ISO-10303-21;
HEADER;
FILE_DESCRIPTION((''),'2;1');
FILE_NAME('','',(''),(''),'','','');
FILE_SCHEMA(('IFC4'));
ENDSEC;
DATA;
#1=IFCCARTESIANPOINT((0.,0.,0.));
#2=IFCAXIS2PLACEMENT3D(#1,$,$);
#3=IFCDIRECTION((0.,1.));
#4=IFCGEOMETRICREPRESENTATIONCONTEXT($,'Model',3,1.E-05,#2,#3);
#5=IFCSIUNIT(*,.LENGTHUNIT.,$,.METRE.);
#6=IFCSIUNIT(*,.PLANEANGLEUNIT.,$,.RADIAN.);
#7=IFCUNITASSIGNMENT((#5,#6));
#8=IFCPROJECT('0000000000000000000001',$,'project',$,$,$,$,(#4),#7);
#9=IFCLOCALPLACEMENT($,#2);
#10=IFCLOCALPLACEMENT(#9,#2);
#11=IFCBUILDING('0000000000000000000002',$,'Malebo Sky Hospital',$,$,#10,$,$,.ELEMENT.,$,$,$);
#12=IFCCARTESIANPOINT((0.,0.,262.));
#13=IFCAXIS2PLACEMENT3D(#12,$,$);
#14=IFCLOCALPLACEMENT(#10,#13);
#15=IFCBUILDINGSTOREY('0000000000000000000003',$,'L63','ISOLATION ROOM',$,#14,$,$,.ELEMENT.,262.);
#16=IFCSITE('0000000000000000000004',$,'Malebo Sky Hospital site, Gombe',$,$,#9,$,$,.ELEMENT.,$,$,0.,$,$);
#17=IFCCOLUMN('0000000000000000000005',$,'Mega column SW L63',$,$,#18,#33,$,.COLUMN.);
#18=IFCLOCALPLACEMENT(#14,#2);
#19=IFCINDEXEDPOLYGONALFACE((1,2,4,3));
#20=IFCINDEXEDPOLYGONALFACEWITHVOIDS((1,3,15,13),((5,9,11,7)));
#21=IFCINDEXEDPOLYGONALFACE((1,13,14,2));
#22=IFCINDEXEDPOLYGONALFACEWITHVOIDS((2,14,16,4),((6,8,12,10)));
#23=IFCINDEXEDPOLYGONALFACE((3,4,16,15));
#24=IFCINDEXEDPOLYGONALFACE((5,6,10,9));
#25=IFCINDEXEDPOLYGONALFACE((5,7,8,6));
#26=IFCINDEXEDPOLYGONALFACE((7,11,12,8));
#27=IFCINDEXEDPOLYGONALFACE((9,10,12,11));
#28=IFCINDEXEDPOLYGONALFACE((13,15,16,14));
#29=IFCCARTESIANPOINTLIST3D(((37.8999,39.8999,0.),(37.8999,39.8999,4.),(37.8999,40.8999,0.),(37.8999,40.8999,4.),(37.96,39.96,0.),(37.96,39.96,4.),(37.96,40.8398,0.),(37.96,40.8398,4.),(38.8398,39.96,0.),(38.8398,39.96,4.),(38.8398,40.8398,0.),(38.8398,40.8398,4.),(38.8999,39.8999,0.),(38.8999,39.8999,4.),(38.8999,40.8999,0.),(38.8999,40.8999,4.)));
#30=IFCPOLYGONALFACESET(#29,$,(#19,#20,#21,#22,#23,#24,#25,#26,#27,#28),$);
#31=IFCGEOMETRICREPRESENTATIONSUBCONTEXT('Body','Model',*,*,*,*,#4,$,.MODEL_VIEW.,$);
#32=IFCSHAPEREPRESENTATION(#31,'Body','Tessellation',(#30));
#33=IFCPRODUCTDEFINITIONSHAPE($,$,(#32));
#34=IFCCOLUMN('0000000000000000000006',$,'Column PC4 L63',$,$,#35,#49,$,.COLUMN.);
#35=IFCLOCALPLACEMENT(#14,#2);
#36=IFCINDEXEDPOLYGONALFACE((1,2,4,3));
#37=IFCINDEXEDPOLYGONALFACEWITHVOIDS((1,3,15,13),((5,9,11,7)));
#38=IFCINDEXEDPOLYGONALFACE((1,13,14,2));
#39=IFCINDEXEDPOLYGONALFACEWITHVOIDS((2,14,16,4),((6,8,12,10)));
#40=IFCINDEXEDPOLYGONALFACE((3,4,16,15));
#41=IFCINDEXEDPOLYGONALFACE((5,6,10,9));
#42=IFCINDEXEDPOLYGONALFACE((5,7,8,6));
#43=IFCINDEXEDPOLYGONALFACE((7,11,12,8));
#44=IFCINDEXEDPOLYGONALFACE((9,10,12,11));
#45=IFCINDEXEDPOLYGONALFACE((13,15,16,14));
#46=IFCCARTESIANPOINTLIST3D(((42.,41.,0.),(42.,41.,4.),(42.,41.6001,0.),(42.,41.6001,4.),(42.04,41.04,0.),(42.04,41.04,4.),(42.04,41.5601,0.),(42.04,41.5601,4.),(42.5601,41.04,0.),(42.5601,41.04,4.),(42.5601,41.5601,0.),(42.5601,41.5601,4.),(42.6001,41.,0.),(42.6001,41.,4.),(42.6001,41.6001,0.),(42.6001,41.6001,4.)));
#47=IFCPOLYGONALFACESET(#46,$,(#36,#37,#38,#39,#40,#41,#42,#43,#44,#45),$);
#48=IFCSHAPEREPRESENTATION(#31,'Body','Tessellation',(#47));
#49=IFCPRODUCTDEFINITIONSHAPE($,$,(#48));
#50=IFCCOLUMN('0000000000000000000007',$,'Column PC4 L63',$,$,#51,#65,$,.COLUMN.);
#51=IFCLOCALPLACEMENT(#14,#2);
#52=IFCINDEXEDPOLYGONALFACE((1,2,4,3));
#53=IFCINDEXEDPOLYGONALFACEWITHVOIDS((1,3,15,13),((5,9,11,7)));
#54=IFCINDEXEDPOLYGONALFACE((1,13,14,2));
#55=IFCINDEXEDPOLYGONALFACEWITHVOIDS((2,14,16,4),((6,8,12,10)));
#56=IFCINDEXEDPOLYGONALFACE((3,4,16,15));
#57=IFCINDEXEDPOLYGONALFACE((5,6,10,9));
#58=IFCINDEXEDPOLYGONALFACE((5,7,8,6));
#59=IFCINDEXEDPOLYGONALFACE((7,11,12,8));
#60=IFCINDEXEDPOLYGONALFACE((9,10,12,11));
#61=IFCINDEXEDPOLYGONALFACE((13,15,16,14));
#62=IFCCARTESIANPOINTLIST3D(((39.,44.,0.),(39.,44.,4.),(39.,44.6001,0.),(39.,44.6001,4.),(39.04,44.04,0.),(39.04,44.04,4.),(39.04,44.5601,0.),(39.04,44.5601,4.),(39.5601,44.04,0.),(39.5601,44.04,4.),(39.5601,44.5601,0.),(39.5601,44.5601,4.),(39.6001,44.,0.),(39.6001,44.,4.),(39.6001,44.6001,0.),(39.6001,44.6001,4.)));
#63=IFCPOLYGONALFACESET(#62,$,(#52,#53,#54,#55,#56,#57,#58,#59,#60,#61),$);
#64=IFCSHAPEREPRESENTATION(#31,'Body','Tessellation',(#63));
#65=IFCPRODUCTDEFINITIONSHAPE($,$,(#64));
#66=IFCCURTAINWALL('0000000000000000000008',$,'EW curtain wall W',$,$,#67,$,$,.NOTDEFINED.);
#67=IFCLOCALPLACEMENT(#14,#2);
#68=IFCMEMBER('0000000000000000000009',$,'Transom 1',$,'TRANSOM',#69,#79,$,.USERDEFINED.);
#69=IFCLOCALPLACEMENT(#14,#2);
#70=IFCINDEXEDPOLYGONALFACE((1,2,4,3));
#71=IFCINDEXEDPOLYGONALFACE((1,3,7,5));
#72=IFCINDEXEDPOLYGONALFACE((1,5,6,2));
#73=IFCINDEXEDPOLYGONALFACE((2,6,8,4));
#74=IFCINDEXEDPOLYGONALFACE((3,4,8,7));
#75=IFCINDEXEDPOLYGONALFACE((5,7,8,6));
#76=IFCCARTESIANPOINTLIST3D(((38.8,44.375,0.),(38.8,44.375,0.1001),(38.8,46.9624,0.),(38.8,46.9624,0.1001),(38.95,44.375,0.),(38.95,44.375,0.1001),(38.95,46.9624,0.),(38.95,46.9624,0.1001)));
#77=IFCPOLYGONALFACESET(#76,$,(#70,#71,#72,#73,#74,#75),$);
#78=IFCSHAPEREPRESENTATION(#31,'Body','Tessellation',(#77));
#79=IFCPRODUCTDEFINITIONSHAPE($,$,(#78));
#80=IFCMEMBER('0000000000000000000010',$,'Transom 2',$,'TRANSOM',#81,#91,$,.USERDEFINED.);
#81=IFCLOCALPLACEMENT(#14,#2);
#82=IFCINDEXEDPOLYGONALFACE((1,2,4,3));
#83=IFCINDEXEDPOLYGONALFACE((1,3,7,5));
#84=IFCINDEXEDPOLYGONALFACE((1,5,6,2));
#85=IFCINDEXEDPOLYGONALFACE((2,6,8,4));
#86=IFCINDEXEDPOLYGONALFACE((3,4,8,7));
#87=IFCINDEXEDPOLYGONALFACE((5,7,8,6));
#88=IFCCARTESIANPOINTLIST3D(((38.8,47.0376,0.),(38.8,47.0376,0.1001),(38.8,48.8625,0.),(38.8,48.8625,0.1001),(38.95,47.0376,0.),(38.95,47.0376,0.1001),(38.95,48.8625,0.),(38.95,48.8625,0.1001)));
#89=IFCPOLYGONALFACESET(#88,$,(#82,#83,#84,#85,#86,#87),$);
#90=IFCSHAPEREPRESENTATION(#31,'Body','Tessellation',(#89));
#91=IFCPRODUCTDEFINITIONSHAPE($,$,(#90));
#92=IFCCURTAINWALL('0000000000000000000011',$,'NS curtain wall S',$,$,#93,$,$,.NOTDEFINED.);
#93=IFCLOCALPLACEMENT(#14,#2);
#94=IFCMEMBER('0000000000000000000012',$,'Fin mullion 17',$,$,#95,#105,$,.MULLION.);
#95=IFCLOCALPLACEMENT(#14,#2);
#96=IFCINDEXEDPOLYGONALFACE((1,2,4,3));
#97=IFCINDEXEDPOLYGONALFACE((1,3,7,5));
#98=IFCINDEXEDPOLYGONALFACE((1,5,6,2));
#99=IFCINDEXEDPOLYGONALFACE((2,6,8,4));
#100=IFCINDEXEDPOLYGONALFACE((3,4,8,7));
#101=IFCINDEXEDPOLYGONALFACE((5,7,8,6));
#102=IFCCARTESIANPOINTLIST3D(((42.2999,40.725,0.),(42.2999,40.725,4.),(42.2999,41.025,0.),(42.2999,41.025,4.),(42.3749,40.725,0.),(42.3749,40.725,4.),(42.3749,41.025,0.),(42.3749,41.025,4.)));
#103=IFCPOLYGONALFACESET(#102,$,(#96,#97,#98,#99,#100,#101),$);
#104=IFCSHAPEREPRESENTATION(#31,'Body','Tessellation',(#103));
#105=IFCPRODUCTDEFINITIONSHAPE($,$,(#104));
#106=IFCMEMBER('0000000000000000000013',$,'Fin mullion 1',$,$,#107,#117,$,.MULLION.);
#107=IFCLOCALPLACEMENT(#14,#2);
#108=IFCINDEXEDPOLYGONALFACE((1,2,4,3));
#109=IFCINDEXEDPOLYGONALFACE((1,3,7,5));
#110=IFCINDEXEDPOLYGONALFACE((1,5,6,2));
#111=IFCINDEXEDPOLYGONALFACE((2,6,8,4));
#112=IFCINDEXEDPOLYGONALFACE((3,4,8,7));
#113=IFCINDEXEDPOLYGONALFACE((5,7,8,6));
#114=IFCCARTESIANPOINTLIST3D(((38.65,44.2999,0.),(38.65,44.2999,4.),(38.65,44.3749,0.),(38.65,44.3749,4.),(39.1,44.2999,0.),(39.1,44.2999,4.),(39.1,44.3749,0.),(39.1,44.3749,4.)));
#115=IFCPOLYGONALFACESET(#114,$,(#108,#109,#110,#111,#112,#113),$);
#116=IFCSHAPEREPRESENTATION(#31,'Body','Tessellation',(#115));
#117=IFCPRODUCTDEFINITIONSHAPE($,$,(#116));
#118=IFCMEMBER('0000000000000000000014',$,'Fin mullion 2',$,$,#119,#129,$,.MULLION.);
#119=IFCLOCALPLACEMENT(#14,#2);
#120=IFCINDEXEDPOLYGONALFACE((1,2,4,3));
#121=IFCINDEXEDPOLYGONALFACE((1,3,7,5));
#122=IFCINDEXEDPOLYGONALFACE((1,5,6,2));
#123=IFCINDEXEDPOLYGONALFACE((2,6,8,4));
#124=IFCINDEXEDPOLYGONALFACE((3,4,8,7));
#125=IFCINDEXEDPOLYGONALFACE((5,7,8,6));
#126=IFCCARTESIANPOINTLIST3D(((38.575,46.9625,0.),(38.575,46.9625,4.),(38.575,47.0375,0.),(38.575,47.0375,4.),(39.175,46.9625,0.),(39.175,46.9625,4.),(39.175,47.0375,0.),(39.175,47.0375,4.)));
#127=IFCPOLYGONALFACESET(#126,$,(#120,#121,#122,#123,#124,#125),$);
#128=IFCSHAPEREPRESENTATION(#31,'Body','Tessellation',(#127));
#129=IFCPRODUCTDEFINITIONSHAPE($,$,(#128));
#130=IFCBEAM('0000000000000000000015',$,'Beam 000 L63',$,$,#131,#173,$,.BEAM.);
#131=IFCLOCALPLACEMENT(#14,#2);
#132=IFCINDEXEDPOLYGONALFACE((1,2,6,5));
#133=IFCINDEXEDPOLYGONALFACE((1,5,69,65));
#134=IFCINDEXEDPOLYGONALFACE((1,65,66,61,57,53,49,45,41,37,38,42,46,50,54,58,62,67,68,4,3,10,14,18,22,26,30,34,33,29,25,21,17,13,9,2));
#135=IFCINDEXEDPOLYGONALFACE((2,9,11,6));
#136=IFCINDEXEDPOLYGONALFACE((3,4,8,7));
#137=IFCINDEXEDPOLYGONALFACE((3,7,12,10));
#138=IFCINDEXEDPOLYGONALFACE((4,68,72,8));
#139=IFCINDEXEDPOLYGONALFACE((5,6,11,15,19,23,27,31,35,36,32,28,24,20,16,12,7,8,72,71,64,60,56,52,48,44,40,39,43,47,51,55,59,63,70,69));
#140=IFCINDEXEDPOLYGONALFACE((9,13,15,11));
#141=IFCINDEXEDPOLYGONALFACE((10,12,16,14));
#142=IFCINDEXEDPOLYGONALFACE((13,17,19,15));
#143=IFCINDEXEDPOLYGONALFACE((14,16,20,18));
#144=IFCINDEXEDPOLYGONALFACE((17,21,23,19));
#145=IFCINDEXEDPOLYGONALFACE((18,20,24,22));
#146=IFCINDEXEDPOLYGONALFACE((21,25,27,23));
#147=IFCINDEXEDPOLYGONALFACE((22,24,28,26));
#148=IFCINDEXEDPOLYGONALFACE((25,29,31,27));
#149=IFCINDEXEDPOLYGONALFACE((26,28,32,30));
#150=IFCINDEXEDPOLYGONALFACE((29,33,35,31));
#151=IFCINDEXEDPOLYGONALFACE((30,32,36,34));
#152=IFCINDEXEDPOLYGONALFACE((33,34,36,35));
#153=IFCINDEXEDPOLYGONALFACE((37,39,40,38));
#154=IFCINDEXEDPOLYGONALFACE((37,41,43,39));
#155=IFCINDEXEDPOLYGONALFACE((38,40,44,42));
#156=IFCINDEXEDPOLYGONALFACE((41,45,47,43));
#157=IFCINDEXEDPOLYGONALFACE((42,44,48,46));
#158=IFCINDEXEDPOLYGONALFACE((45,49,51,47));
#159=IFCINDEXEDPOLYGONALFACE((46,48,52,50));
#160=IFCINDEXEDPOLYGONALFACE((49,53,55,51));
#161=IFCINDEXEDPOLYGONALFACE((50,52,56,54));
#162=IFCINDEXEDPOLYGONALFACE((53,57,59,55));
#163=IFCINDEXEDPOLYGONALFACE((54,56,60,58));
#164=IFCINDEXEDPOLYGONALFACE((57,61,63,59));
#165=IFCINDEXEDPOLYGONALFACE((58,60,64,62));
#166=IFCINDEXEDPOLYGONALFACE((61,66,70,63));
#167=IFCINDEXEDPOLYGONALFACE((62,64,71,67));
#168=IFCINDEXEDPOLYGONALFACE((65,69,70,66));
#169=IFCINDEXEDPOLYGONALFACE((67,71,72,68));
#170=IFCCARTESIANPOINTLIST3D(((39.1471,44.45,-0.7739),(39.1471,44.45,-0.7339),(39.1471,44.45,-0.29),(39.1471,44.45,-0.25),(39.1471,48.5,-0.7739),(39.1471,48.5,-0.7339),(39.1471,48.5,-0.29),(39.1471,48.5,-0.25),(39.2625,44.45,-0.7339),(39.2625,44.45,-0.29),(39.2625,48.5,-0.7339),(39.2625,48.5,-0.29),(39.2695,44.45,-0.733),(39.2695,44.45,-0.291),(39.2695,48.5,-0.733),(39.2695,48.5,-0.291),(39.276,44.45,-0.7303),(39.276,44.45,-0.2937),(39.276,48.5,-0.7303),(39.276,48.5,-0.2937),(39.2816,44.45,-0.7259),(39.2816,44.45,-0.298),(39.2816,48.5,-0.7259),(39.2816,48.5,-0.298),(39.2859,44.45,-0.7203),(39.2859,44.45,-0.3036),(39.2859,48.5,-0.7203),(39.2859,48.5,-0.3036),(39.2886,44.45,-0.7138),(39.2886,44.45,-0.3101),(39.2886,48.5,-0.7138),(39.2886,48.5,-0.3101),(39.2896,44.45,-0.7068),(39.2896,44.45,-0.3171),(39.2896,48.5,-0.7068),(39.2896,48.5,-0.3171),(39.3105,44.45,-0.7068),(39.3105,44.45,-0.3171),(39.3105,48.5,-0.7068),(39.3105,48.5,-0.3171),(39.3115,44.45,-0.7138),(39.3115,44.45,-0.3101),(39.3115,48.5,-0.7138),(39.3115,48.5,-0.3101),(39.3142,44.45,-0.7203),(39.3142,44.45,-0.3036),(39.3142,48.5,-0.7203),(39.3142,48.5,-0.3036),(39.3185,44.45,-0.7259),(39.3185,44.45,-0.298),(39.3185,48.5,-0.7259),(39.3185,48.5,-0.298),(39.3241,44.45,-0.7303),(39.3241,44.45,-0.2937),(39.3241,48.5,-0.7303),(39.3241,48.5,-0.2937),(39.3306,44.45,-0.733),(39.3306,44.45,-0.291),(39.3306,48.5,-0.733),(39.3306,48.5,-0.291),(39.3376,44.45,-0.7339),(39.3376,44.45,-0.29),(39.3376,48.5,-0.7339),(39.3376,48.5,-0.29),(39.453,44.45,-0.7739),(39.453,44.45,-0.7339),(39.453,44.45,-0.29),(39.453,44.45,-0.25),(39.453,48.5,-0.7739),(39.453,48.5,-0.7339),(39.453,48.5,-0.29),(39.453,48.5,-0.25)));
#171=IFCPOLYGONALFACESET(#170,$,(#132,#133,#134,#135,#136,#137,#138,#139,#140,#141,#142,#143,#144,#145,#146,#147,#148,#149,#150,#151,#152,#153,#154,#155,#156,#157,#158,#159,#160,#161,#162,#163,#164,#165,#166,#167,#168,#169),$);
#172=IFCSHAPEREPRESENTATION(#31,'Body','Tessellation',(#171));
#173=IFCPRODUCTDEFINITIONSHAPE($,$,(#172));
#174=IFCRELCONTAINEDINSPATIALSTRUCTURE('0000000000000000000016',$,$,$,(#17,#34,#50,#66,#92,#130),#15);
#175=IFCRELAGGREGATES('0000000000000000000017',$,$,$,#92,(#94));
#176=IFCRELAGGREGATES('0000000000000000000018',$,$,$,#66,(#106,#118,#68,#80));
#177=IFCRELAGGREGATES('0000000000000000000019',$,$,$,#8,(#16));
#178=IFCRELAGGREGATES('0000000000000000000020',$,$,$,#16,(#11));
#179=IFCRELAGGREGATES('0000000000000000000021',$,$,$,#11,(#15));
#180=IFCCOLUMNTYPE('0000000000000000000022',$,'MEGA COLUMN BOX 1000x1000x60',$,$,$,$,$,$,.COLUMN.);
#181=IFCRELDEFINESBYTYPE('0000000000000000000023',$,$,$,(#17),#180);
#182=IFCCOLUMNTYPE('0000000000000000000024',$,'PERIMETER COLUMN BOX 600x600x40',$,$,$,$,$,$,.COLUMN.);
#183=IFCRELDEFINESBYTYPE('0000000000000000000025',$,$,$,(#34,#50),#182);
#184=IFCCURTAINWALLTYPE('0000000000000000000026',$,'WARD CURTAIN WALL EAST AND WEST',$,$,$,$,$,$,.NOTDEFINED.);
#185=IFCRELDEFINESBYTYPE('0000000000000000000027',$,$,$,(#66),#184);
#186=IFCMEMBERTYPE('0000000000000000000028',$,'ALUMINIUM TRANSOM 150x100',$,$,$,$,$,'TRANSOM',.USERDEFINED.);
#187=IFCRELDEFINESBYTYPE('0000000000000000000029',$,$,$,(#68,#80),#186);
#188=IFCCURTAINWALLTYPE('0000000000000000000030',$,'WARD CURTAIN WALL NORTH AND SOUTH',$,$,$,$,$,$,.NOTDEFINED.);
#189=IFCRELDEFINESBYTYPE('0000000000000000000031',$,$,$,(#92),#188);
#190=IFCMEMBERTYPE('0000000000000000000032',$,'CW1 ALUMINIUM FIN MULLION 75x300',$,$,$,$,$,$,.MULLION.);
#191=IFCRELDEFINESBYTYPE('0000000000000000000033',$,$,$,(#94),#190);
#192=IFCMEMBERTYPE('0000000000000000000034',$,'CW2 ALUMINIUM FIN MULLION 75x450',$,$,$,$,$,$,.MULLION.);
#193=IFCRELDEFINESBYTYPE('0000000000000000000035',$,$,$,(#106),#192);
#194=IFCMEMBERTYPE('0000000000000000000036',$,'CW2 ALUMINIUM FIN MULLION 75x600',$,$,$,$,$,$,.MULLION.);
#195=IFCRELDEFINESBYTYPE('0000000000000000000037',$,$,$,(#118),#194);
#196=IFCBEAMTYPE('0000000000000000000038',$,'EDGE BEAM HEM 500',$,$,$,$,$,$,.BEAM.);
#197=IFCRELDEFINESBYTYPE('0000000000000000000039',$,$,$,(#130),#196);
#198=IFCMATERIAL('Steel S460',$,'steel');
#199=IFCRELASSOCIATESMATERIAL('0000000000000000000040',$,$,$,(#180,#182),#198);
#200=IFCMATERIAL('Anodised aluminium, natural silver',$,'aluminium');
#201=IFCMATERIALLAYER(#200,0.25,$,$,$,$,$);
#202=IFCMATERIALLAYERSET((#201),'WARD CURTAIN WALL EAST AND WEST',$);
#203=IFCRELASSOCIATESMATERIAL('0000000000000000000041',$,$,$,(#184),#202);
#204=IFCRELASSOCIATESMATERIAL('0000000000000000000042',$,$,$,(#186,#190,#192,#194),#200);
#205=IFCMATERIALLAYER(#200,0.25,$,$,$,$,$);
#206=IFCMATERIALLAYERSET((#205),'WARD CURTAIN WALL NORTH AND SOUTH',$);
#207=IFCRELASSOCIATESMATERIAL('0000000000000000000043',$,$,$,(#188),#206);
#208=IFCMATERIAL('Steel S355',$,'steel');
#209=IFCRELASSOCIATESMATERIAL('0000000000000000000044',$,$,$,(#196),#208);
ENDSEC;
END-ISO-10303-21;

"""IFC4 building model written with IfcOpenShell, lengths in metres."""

from ifc_helpers import new_model, si_unit, direction, frame, origin, origin_2d, place, context, subcontext, project, spatial, rectangle, hollow_rectangle, i_section, extrude, material, layer, layer_set, material_profile, profile_set, type_object, element, aggregate, save


model = new_model("IFC4")

# Units and contexts
model_context = context("Model", 3, precision=1e-05, world=origin(), true_north=direction((0.0, 1.0)))
body_context = subcontext(model_context, "Body", "Model", "MODEL_VIEW")
ifc_project = project(units=[si_unit("LENGTHUNIT", "METRE"), si_unit("PLANEANGLEUNIT", "RADIAN")], contexts=[model_context])

# Site, building, storey
site_placement = place(None, origin())
site = spatial("IfcSite", under=ifc_project, at=site_placement, Name="Malebo Sky Hospital site, Gombe", CompositionType="ELEMENT", RefElevation=0.0)
building_placement = place(site_placement, origin())
building = spatial("IfcBuilding", under=site, at=building_placement, Name="Malebo Sky Hospital", CompositionType="ELEMENT")
storey_placement = place(building_placement, frame((0.0, 0.0, 262.0)))
storey = spatial("IfcBuildingStorey", under=building, at=storey_placement, Name="L63", Description="ISOLATION ROOM", CompositionType="ELEMENT", Elevation=262.0)

# Columns
ifc_material_1 = material(Name="Steel S460", Category="steel")
ifc_material_profile_1 = material_profile(ifc_material_1, hollow_rectangle(XDim=1.0, YDim=1.0, WallThickness=0.0601, at=origin_2d()), Name="BOX 1000x1000x60")
ifc_profile_set_1 = profile_set([ifc_material_profile_1], Name="Steel S460")
column_type_1 = type_object("IfcColumnType", Name="MEGA COLUMN BOX 1000x1000x60", PredefinedType="COLUMN", material=ifc_profile_set_1)
column_placement = place(storey_placement, frame((38.3999, 40.3999, 0.0), z_axis=(0.0, 0.0, 1.0), x_axis=(1.0, 0.0, 0.0)))
element("IfcColumn", 1, at=column_placement, inside=storey, type_object=column_type_1, Name="Mega column SW L63", PredefinedType="COLUMN", context=body_context, shape_type="SweptSolid", body=[
    extrude(hollow_rectangle(XDim=1.0, YDim=1.0, WallThickness=0.0601, at=origin_2d()), origin(), (0.0, 0.0, 1.0), 4.0),
])
ifc_material_profile_2 = material_profile(ifc_material_1, hollow_rectangle(XDim=0.6001, YDim=0.6001, WallThickness=0.04, at=origin_2d()), Name="BOX 600x600x40")
ifc_profile_set_2 = profile_set([ifc_material_profile_2], Name="Steel S460")
column_type_2 = type_object("IfcColumnType", Name="PERIMETER COLUMN BOX 600x600x40", PredefinedType="COLUMN", material=ifc_profile_set_2)
for number, where, z_axis, x_axis, name in (
    (2, (42.3, 41.3, 0.0), (0.0, 0.0, 1.0), (1.0, 0.0, 0.0), "Column PC4 L63"),
    (3, (39.3, 44.3, 0.0), (0.0, 0.0, 1.0), (1.0, 0.0, 0.0), "Column PC4 L63"),
):
    element("IfcColumn", number, at=place(storey_placement, frame(where, z_axis=z_axis, x_axis=x_axis)), inside=storey, type_object=column_type_2, Name=name, PredefinedType="COLUMN", context=body_context, shape_type="SweptSolid", body=[
        extrude(hollow_rectangle(XDim=0.6001, YDim=0.6001, WallThickness=0.04, at=origin_2d()), origin(), (0.0, 0.0, 1.0), 4.0),
    ])

# Curtain wall, members
ifc_material_2 = material(Name="Anodised aluminium, natural silver", Category="aluminium")
ifc_layer_1 = layer(ifc_material_2, 0.25)
ifc_layer_set_1 = layer_set([ifc_layer_1], Name="WARD CURTAIN WALL EAST AND WEST")
curtain_wall_type_1 = type_object("IfcCurtainWallType", Name="WARD CURTAIN WALL EAST AND WEST", PredefinedType="NOTDEFINED", material=ifc_layer_set_1)
curtain_wall_1_placement = place(storey_placement, origin())
curtain_wall_1 = element("IfcCurtainWall", 4, at=curtain_wall_1_placement, inside=storey, type_object=curtain_wall_type_1, Name="EW curtain wall W", PredefinedType="NOTDEFINED")
ifc_material_profile_3 = material_profile(ifc_material_2, rectangle(XDim=0.1499, YDim=0.1001, at=origin_2d()), Name="ALUMINIUM TRANSOM 150x100")
ifc_profile_set_3 = profile_set([ifc_material_profile_3], Name="Anodised aluminium, natural silver")
member_type_1 = type_object("IfcMemberType", Name="ALUMINIUM TRANSOM 150x100", ElementType="TRANSOM", PredefinedType="USERDEFINED", material=ifc_profile_set_3)
member_1_placement = place(storey_placement, frame((38.875, 44.375, 0.05), z_axis=(0.0, 1.0, 0.0), x_axis=(-1.0, 0.0, 0.0)))
member_1 = element("IfcMember", 5, at=member_1_placement, type_object=member_type_1, Name="Transom 1", ObjectType="TRANSOM", PredefinedType="USERDEFINED", context=body_context, shape_type="SweptSolid", body=[
    extrude(rectangle(XDim=0.1499, YDim=0.1001, at=origin_2d()), origin(), (0.0, 0.0, 1.0), 2.5874),
])
member_2_placement = place(storey_placement, frame((38.875, 47.0376, 0.05), z_axis=(0.0, 1.0, 0.0), x_axis=(-1.0, 0.0, 0.0)))
member_2 = element("IfcMember", 6, at=member_2_placement, type_object=member_type_1, Name="Transom 2", ObjectType="TRANSOM", PredefinedType="USERDEFINED", context=body_context, shape_type="SweptSolid", body=[
    extrude(rectangle(XDim=0.1499, YDim=0.1001, at=origin_2d()), origin(), (0.0, 0.0, 1.0), 1.825),
])

# Curtain wall, member
ifc_layer_2 = layer(ifc_material_2, 0.25)
ifc_layer_set_2 = layer_set([ifc_layer_2], Name="WARD CURTAIN WALL NORTH AND SOUTH")
curtain_wall_type_2 = type_object("IfcCurtainWallType", Name="WARD CURTAIN WALL NORTH AND SOUTH", PredefinedType="NOTDEFINED", material=ifc_layer_set_2)
curtain_wall_2_placement = place(storey_placement, origin())
curtain_wall_2 = element("IfcCurtainWall", 7, at=curtain_wall_2_placement, inside=storey, type_object=curtain_wall_type_2, Name="NS curtain wall S", PredefinedType="NOTDEFINED")
ifc_material_profile_4 = material_profile(ifc_material_2, rectangle(XDim=0.075, YDim=0.3, at=origin_2d()), Name="CW1 ALUMINIUM FIN MULLION 75x300")
ifc_profile_set_4 = profile_set([ifc_material_profile_4], Name="Anodised aluminium, natural silver")
member_type_2 = type_object("IfcMemberType", Name="CW1 ALUMINIUM FIN MULLION 75x300", PredefinedType="MULLION", material=ifc_profile_set_4)
member_3_placement = place(storey_placement, frame((42.3374, 40.875, 0.0), z_axis=(0.0, 0.0, 1.0), x_axis=(-1.0, 0.0, 0.0)))
member_3 = element("IfcMember", 8, at=member_3_placement, type_object=member_type_2, Name="Fin mullion 17", PredefinedType="MULLION", context=body_context, shape_type="SweptSolid", body=[
    extrude(rectangle(XDim=0.075, YDim=0.3, at=origin_2d()), origin(), (0.0, 0.0, 1.0), 4.0),
])
aggregate(curtain_wall_2, [member_3])

# Members
ifc_material_profile_5 = material_profile(ifc_material_2, rectangle(XDim=0.075, YDim=0.45, at=origin_2d()), Name="CW2 ALUMINIUM FIN MULLION 75x450")
ifc_profile_set_5 = profile_set([ifc_material_profile_5], Name="Anodised aluminium, natural silver")
member_type_3 = type_object("IfcMemberType", Name="CW2 ALUMINIUM FIN MULLION 75x450", PredefinedType="MULLION", material=ifc_profile_set_5)
member_4_placement = place(storey_placement, frame((38.875, 44.3374, 0.0), z_axis=(0.0, 0.0, 1.0), x_axis=(0.0, 1.0, 0.0)))
member_4 = element("IfcMember", 9, at=member_4_placement, type_object=member_type_3, Name="Fin mullion 1", PredefinedType="MULLION", context=body_context, shape_type="SweptSolid", body=[
    extrude(rectangle(XDim=0.075, YDim=0.45, at=origin_2d()), origin(), (0.0, 0.0, 1.0), 4.0),
])
ifc_material_profile_6 = material_profile(ifc_material_2, rectangle(XDim=0.075, YDim=0.6001, at=origin_2d()), Name="CW2 ALUMINIUM FIN MULLION 75x600")
ifc_profile_set_6 = profile_set([ifc_material_profile_6], Name="Anodised aluminium, natural silver")
member_type_4 = type_object("IfcMemberType", Name="CW2 ALUMINIUM FIN MULLION 75x600", PredefinedType="MULLION", material=ifc_profile_set_6)
member_5_placement = place(storey_placement, frame((38.875, 47.0, 0.0), z_axis=(0.0, 0.0, 1.0), x_axis=(0.0, 1.0, 0.0)))
member_5 = element("IfcMember", 10, at=member_5_placement, type_object=member_type_4, Name="Fin mullion 2", PredefinedType="MULLION", context=body_context, shape_type="SweptSolid", body=[
    extrude(rectangle(XDim=0.075, YDim=0.6001, at=origin_2d()), origin(), (0.0, 0.0, 1.0), 4.0),
])

# Beam
ifc_material_3 = material(Name="Steel S355", Category="steel")
ifc_material_profile_7 = material_profile(ifc_material_3, i_section(OverallWidth=0.3059, OverallDepth=0.5239, WebThickness=0.021, FlangeThickness=0.04, FilletRadius=0.0271, at=origin_2d()), Name="HEM 500")
ifc_profile_set_7 = profile_set([ifc_material_profile_7], Name="Steel S355")
beam_type_1 = type_object("IfcBeamType", Name="EDGE BEAM HEM 500", PredefinedType="BEAM", material=ifc_profile_set_7)
for number, where, z_axis, x_axis, name in (
    (11, (39.3, 44.45, -0.512), (0.0, 1.0, 0.0), (-1.0, 0.0, 0.0), "Beam 000 L63"),
):
    element("IfcBeam", number, at=place(storey_placement, frame(where, z_axis=z_axis, x_axis=x_axis)), inside=storey, type_object=beam_type_1, Name=name, PredefinedType="BEAM", context=body_context, shape_type="SweptSolid", body=[
        extrude(i_section(OverallWidth=0.3059, OverallDepth=0.5239, WebThickness=0.021, FlangeThickness=0.04, FilletRadius=0.0271, at=origin_2d()), origin(), (0.0, 0.0, 1.0), 4.05),
    ])

aggregate(curtain_wall_1, [member_4, member_5, member_1, member_2])

save(model, "model.ifc")
